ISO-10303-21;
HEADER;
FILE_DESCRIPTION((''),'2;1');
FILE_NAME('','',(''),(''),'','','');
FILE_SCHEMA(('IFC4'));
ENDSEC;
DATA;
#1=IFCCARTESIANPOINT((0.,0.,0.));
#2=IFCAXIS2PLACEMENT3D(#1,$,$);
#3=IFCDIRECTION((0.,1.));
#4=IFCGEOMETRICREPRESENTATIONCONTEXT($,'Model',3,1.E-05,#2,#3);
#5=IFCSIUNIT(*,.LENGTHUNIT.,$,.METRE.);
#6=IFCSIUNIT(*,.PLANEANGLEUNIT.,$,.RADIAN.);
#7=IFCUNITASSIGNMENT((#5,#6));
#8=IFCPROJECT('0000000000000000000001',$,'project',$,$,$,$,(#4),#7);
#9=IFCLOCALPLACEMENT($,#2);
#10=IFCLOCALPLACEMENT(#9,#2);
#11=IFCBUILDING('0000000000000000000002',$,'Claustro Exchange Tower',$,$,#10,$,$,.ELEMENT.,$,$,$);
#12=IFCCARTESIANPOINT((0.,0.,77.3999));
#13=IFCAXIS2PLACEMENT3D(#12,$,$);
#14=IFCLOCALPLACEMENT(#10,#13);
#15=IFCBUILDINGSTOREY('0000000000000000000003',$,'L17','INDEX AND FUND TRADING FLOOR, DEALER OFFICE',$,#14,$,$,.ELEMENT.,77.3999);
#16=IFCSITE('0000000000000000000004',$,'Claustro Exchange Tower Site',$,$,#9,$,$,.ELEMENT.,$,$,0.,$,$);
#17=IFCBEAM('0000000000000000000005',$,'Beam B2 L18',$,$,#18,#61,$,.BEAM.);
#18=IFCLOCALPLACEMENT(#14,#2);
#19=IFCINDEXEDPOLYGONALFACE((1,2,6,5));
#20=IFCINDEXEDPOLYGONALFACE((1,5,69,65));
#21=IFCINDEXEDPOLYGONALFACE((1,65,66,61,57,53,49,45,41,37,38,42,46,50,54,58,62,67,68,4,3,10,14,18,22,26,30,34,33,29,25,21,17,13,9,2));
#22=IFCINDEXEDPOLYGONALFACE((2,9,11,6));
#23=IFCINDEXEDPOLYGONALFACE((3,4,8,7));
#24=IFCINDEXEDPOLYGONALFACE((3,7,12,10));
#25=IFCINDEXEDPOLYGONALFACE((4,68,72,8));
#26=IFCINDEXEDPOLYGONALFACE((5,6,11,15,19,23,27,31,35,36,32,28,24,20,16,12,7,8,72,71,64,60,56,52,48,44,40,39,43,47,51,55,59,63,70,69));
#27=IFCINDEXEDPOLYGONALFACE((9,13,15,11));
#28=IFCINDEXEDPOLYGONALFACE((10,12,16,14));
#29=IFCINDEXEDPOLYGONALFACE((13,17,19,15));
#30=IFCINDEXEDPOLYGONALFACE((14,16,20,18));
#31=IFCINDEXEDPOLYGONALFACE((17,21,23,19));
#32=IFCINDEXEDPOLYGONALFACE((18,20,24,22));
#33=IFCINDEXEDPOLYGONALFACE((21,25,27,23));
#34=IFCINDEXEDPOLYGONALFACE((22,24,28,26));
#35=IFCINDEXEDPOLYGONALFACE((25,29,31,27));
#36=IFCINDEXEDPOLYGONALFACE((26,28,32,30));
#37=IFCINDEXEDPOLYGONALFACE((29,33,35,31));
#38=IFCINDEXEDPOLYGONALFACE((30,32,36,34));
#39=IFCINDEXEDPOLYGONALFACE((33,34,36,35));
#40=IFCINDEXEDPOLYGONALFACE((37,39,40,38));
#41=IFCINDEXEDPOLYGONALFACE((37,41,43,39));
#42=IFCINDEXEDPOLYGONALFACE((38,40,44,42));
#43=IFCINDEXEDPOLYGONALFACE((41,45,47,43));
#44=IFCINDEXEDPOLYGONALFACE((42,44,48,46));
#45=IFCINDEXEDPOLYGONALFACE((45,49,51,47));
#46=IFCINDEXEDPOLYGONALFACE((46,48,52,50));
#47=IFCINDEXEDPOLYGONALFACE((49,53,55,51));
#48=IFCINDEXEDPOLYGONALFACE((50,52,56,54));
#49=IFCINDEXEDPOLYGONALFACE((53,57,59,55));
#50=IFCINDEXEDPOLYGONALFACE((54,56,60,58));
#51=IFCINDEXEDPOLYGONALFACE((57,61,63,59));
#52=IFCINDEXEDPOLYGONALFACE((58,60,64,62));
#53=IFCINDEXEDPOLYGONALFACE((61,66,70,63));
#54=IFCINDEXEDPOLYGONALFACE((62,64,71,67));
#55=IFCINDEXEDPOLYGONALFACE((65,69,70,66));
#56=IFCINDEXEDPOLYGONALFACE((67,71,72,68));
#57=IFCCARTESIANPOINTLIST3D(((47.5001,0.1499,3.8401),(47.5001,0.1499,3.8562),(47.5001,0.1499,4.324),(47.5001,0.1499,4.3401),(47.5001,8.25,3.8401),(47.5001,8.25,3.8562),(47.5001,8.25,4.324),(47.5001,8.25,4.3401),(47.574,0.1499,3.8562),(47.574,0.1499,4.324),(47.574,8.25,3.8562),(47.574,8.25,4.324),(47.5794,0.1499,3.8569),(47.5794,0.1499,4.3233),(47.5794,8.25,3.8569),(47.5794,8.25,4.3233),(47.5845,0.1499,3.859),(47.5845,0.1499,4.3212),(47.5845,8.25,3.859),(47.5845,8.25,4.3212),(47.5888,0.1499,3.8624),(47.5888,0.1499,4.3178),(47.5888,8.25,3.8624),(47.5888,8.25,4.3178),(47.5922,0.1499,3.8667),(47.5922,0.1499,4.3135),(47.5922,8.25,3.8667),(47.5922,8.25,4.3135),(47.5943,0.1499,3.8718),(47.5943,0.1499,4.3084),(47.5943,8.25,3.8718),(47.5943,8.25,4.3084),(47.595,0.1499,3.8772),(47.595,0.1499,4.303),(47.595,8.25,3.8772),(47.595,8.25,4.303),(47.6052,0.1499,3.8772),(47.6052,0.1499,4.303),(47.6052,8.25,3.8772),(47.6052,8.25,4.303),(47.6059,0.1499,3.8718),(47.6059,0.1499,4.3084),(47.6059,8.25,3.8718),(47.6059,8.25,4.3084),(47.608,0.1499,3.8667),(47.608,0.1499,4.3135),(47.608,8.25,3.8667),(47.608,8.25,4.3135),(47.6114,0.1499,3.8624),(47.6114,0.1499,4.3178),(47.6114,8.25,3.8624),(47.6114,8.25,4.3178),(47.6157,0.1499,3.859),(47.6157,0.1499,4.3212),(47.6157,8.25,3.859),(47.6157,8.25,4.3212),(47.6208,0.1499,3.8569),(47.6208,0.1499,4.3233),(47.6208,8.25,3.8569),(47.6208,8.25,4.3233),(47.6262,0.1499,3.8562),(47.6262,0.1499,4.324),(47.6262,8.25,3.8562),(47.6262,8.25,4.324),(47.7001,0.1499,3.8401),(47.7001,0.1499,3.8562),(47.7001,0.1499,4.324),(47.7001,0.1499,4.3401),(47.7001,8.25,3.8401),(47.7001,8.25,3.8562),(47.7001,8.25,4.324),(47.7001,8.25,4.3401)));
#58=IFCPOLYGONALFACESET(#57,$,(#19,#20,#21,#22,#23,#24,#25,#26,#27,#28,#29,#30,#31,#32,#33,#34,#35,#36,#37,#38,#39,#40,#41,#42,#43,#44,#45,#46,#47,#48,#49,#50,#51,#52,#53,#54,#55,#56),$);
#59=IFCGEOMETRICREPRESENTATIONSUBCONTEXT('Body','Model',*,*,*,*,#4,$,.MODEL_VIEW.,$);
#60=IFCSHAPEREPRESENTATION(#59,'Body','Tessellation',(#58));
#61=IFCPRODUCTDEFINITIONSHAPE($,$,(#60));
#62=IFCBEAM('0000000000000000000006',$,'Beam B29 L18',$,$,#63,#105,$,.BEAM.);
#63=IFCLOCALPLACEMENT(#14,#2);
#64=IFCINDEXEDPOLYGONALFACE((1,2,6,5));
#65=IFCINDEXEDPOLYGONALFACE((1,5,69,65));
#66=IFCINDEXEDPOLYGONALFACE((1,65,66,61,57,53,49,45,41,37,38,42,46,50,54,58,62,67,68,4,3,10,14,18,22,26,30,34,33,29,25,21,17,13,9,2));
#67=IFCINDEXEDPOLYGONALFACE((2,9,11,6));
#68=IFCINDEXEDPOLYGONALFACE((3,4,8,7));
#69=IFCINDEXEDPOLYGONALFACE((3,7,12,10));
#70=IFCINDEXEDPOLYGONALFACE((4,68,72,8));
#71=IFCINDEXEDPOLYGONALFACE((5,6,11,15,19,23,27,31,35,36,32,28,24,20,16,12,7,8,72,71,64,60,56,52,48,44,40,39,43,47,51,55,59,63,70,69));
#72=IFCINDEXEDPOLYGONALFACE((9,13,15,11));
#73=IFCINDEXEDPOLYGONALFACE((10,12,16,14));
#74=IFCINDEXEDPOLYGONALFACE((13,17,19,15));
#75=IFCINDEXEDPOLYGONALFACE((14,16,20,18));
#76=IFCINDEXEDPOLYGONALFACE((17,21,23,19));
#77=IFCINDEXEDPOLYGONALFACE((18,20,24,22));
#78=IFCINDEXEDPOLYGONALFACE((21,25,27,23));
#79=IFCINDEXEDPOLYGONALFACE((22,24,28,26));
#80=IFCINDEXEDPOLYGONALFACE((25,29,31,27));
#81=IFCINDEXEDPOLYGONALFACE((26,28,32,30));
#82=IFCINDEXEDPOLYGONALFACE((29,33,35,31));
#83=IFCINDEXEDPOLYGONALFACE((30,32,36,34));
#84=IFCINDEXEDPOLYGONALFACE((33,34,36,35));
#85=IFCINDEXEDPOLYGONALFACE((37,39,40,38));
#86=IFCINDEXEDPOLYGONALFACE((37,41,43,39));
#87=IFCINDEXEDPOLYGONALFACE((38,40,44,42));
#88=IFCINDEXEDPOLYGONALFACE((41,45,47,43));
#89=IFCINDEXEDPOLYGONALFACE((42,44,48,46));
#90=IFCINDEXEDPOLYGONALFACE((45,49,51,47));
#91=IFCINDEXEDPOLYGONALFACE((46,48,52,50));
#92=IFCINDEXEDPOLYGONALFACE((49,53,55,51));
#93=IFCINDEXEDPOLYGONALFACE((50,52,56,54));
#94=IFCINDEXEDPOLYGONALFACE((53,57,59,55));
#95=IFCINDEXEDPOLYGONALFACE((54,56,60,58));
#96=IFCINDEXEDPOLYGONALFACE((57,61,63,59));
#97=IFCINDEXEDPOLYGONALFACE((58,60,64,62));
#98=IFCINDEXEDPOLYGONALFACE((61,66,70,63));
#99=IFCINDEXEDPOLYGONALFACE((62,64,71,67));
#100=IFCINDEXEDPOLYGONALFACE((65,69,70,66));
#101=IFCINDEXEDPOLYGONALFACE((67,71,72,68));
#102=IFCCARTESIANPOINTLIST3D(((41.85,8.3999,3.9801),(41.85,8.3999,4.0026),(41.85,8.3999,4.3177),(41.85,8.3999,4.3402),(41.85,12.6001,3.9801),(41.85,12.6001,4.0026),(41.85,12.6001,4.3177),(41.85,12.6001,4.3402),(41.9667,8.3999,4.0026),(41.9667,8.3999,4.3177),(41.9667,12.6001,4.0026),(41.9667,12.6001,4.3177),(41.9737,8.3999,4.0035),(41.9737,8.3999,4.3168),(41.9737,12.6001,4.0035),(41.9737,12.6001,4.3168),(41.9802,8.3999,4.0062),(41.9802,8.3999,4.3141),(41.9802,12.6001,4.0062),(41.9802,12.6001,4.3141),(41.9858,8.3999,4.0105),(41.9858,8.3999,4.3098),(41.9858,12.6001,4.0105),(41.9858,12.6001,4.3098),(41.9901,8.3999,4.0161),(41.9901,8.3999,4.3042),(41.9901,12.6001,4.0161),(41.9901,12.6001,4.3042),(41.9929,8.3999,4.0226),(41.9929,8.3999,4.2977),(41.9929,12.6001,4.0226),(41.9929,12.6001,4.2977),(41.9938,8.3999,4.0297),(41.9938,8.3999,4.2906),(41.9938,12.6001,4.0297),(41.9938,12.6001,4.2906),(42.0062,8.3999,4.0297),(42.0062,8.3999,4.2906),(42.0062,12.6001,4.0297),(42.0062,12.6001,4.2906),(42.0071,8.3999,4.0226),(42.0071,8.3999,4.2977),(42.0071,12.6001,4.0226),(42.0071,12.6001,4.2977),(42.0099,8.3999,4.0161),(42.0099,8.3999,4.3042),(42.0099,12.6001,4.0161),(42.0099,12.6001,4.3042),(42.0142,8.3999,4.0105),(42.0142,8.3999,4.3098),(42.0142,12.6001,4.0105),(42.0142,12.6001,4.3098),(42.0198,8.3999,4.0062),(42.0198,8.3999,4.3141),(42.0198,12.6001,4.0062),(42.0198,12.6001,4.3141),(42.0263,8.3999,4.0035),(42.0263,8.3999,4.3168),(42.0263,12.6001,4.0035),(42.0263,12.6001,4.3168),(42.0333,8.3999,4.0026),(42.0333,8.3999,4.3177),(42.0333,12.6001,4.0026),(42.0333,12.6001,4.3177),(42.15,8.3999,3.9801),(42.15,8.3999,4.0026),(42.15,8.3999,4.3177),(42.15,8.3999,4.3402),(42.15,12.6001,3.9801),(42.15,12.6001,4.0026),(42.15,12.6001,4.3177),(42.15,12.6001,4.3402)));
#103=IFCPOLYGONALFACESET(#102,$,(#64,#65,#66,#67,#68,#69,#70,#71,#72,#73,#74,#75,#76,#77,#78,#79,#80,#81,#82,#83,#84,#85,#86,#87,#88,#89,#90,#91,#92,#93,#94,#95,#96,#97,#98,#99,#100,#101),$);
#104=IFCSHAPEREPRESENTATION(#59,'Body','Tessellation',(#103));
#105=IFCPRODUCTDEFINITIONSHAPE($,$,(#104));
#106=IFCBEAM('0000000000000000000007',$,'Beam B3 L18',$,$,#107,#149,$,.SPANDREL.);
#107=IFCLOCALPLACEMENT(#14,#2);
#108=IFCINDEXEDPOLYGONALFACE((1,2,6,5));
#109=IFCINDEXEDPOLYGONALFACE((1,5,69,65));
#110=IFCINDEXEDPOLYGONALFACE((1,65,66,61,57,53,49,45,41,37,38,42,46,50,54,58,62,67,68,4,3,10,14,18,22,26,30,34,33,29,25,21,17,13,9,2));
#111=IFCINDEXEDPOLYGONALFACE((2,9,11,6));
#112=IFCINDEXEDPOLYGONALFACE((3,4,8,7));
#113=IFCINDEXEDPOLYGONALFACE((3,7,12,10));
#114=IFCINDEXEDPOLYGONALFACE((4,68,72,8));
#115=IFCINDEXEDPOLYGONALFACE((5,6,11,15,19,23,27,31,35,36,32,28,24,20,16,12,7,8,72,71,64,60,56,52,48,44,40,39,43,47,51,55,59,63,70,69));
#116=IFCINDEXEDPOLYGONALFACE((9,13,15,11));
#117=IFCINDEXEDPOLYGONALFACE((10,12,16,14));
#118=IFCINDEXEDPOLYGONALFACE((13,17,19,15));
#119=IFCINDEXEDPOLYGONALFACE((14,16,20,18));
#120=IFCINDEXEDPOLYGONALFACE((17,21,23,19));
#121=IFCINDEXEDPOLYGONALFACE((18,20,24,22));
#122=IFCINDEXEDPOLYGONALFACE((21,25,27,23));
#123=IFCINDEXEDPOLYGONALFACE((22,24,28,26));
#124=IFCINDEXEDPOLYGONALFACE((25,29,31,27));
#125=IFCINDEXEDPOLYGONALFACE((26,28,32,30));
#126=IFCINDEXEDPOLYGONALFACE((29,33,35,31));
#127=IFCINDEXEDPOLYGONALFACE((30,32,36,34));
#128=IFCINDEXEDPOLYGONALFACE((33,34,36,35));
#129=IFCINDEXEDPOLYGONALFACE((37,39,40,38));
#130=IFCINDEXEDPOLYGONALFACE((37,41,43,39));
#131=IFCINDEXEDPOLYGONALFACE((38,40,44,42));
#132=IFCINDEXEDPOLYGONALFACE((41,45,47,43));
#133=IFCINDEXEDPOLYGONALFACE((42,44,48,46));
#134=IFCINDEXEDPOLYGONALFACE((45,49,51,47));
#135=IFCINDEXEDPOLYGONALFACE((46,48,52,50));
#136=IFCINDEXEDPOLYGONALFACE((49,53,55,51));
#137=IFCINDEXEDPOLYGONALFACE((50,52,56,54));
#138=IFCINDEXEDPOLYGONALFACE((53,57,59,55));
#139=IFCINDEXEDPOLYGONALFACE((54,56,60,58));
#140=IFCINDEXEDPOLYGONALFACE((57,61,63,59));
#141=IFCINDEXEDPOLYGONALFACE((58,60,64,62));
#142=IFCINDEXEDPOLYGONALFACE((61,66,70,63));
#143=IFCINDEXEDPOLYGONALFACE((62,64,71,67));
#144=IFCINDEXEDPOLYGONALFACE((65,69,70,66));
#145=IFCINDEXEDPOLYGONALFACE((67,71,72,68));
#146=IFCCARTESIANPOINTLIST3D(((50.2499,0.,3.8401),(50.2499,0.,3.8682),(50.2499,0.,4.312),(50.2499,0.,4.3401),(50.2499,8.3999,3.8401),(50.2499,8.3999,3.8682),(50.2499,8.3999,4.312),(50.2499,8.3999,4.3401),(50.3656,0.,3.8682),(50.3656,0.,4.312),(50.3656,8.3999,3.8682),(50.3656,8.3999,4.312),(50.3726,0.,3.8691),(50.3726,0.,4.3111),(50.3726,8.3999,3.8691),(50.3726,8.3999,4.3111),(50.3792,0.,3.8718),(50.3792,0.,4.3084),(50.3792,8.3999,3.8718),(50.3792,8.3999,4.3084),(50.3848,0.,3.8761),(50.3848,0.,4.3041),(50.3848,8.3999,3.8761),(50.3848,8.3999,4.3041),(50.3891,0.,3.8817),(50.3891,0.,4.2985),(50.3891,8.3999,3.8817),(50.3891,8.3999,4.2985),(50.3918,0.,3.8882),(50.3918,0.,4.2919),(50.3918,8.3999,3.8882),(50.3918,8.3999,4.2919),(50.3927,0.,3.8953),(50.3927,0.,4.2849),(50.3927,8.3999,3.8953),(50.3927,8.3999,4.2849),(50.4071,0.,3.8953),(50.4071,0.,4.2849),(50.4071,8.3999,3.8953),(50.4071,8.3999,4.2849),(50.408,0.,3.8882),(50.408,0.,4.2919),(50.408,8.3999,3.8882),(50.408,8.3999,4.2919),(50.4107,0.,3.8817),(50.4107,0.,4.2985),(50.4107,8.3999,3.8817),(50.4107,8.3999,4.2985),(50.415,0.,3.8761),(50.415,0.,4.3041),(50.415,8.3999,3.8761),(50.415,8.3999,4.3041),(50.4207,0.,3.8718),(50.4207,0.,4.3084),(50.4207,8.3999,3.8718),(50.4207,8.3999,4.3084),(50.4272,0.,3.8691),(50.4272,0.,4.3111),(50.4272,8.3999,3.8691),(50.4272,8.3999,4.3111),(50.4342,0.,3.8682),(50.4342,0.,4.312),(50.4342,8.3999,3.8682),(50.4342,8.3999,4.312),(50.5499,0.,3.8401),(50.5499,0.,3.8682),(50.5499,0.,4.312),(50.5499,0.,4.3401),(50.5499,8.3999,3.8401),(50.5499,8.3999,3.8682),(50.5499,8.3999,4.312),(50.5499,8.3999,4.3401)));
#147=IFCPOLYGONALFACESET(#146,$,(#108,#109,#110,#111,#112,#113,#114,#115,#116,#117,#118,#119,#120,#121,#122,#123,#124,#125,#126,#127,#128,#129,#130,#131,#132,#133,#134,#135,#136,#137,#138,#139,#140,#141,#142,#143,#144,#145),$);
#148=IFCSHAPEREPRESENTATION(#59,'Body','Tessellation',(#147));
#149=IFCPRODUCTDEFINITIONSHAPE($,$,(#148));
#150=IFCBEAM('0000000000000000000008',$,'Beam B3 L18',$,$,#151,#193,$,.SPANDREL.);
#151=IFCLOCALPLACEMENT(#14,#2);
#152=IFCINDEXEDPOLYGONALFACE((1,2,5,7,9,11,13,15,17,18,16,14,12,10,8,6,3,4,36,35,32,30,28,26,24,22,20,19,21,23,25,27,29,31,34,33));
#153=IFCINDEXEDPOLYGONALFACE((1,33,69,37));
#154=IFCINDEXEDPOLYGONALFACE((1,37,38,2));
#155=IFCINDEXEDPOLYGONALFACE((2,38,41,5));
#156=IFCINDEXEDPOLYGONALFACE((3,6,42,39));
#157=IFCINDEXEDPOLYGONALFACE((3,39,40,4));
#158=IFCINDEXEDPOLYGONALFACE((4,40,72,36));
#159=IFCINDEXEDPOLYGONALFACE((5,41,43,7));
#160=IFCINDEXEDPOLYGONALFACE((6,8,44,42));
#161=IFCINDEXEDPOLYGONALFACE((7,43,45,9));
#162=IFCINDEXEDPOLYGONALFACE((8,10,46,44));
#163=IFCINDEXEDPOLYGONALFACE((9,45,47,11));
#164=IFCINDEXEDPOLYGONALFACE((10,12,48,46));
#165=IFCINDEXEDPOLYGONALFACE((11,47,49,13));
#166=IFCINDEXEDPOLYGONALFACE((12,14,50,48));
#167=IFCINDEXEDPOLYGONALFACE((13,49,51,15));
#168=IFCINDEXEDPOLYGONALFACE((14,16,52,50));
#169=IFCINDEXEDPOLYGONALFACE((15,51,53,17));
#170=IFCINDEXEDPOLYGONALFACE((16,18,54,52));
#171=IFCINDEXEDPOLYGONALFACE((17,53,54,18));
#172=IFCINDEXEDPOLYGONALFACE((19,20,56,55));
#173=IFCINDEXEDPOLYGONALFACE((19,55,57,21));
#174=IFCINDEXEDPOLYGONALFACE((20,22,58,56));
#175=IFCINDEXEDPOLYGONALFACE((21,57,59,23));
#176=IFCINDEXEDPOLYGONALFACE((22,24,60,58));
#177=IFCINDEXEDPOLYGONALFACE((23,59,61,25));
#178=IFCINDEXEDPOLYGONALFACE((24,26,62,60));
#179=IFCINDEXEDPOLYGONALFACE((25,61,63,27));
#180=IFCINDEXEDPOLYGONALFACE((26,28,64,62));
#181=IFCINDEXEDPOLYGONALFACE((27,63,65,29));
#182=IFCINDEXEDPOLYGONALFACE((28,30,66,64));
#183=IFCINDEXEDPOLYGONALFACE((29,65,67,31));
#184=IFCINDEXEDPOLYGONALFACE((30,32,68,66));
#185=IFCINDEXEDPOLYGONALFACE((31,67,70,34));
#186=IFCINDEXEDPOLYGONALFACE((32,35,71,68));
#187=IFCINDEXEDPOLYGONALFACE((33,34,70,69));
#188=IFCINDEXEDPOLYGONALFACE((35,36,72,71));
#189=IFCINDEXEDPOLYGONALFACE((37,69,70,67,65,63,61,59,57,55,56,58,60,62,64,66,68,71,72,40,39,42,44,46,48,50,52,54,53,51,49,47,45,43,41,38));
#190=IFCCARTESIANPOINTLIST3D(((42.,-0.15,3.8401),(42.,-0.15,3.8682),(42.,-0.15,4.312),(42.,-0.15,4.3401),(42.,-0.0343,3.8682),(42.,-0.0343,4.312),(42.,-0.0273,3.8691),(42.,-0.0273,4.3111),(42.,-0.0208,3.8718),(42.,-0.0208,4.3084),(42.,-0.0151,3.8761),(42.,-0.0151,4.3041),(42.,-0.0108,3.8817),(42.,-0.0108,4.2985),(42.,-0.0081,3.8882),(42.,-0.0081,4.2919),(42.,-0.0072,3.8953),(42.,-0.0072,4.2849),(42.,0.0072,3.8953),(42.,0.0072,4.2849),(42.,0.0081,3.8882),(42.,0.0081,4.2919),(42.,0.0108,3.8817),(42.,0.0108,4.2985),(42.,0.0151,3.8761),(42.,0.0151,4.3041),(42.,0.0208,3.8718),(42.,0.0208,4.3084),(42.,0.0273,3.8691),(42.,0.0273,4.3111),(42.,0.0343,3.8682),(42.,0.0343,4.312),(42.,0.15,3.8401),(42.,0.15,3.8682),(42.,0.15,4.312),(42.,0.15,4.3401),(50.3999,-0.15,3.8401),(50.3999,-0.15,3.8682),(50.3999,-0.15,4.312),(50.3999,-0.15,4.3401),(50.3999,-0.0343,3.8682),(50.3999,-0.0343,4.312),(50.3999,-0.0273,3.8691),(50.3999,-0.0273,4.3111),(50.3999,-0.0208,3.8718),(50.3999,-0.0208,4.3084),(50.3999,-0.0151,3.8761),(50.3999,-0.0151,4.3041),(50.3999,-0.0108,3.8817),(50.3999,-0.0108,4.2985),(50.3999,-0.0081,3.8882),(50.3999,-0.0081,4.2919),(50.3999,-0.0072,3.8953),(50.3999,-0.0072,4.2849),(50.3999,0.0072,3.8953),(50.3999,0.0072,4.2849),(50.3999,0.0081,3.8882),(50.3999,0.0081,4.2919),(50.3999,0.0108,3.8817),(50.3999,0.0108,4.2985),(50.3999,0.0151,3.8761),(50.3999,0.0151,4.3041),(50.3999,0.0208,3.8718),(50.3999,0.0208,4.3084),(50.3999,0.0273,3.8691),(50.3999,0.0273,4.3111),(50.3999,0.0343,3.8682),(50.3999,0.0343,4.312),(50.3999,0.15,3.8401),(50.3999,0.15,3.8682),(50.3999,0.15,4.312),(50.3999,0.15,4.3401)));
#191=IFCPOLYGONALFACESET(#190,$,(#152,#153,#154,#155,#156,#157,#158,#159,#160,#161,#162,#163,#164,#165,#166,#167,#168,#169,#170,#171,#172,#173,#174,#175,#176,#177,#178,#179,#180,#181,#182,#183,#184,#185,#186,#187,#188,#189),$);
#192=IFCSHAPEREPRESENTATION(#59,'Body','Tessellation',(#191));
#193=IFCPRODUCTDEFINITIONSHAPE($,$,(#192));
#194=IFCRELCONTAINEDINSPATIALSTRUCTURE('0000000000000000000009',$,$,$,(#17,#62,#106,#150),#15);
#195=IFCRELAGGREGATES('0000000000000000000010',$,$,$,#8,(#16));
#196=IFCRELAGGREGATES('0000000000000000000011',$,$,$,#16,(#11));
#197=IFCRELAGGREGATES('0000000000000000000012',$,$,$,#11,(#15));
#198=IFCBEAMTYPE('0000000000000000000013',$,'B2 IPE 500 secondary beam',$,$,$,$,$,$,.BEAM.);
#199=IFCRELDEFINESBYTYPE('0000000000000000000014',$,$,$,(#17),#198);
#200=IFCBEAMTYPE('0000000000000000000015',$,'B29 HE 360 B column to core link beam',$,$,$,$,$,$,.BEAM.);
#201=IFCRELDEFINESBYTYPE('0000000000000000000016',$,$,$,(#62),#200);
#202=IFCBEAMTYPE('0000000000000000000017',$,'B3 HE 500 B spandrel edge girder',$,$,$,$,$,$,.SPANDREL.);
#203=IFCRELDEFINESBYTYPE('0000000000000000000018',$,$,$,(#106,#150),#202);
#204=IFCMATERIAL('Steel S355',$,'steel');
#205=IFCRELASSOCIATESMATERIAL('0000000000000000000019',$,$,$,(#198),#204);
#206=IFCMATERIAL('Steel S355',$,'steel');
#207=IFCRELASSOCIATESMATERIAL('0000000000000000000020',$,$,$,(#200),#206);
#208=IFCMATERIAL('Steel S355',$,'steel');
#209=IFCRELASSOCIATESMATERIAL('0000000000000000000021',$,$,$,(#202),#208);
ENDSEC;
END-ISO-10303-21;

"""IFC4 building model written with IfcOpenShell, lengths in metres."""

from ifc_helpers import new_model, si_unit, direction, frame, origin, origin_2d, place, context, subcontext, project, spatial, i_section, extrude, material, material_profile, profile_set, type_object, element, save


model = new_model("IFC4")

# Units and contexts
model_context = context("Model", 3, precision=1e-05, world=origin(), true_north=direction((0.0, 1.0)))
body_context = subcontext(model_context, "Body", "Model", "MODEL_VIEW")
ifc_project = project(units=[si_unit("LENGTHUNIT", "METRE"), si_unit("PLANEANGLEUNIT", "RADIAN")], contexts=[model_context])

# Site, building, storey
site_placement = place(None, origin())
site = spatial("IfcSite", under=ifc_project, at=site_placement, Name="Claustro Exchange Tower Site", CompositionType="ELEMENT", RefElevation=0.0)
building_placement = place(site_placement, origin())
building = spatial("IfcBuilding", under=site, at=building_placement, Name="Claustro Exchange Tower", CompositionType="ELEMENT")
storey_placement = place(building_placement, frame((0.0, 0.0, 77.3999)))
storey = spatial("IfcBuildingStorey", under=building, at=storey_placement, Name="L17", Description="INDEX AND FUND TRADING FLOOR, DEALER OFFICE", CompositionType="ELEMENT", Elevation=77.3999)

# Beams
ifc_material_1 = material(Name="Steel S355", Category="steel")
ifc_material_profile_1 = material_profile(ifc_material_1, i_section(OverallWidth=0.2, OverallDepth=0.5, WebThickness=0.0103, FlangeThickness=0.0161, FilletRadius=0.021, at=origin_2d()), Name="IPE 500")
ifc_profile_set_1 = profile_set([ifc_material_profile_1], Name="Steel S355")
beam_type_1 = type_object("IfcBeamType", Name="B2 IPE 500 secondary beam", PredefinedType="BEAM", material=ifc_profile_set_1)
for number, where, z_axis, x_axis, name in (
    (1, (47.6001, 0.1499, 4.0901), (0.0, 1.0, 0.0), (-1.0, 0.0, 0.0), "Beam B2 L18"),
):
    element("IfcBeam", number, at=place(storey_placement, frame(where, z_axis=z_axis, x_axis=x_axis)), inside=storey, type_object=beam_type_1, Name=name, PredefinedType="BEAM", context=body_context, shape_type="SweptSolid", body=[
        extrude(i_section(OverallWidth=0.2, OverallDepth=0.5, WebThickness=0.0103, FlangeThickness=0.0161, FilletRadius=0.021, at=origin_2d()), origin(), (0.0, 0.0, 1.0), 8.1001),
    ])
ifc_material_2 = material(Name="Steel S355", Category="steel")
ifc_material_profile_2 = material_profile(ifc_material_2, i_section(OverallWidth=0.3, OverallDepth=0.3601, WebThickness=0.0125, FlangeThickness=0.0225, FilletRadius=0.0271, at=origin_2d()), Name="HE 360 B")
ifc_profile_set_2 = profile_set([ifc_material_profile_2], Name="Steel S355")
beam_type_2 = type_object("IfcBeamType", Name="B29 HE 360 B column to core link beam", PredefinedType="BEAM", material=ifc_profile_set_2)
beam_placement = place(storey_placement, frame((42.0, 8.3999, 4.1602), z_axis=(0.0, 1.0, 0.0), x_axis=(-1.0, 0.0, 0.0)))
element("IfcBeam", 2, at=beam_placement, inside=storey, type_object=beam_type_2, Name="Beam B29 L18", PredefinedType="BEAM", context=body_context, shape_type="SweptSolid", body=[
    extrude(i_section(OverallWidth=0.3, OverallDepth=0.3601, WebThickness=0.0125, FlangeThickness=0.0225, FilletRadius=0.0271, at=origin_2d()), origin(), (0.0, 0.0, 1.0), 4.2002),
])
ifc_material_3 = material(Name="Steel S355", Category="steel")
ifc_material_profile_3 = material_profile(ifc_material_3, i_section(OverallWidth=0.3, OverallDepth=0.5, WebThickness=0.0144, FlangeThickness=0.0281, FilletRadius=0.0271, at=origin_2d()), Name="HE 500 B")
ifc_profile_set_3 = profile_set([ifc_material_profile_3], Name="Steel S355")
beam_type_3 = type_object("IfcBeamType", Name="B3 HE 500 B spandrel edge girder", PredefinedType="SPANDREL", material=ifc_profile_set_3)
for number, where, z_axis, x_axis, name in (
    (3, (50.3999, 0.0, 4.0901), (0.0, 1.0, 0.0), (-1.0, 0.0, 0.0), "Beam B3 L18"),
    (4, (42.0, 0.0, 4.0901), (1.0, 0.0, 0.0), (0.0, 1.0, 0.0), "Beam B3 L18"),
):
    element("IfcBeam", number, at=place(storey_placement, frame(where, z_axis=z_axis, x_axis=x_axis)), inside=storey, type_object=beam_type_3, Name=name, PredefinedType="SPANDREL", context=body_context, shape_type="SweptSolid", body=[
        extrude(i_section(OverallWidth=0.3, OverallDepth=0.5, WebThickness=0.0144, FlangeThickness=0.0281, FilletRadius=0.0271, at=origin_2d()), origin(), (0.0, 0.0, 1.0), 8.3999),
    ])

save(model, "model.ifc")
